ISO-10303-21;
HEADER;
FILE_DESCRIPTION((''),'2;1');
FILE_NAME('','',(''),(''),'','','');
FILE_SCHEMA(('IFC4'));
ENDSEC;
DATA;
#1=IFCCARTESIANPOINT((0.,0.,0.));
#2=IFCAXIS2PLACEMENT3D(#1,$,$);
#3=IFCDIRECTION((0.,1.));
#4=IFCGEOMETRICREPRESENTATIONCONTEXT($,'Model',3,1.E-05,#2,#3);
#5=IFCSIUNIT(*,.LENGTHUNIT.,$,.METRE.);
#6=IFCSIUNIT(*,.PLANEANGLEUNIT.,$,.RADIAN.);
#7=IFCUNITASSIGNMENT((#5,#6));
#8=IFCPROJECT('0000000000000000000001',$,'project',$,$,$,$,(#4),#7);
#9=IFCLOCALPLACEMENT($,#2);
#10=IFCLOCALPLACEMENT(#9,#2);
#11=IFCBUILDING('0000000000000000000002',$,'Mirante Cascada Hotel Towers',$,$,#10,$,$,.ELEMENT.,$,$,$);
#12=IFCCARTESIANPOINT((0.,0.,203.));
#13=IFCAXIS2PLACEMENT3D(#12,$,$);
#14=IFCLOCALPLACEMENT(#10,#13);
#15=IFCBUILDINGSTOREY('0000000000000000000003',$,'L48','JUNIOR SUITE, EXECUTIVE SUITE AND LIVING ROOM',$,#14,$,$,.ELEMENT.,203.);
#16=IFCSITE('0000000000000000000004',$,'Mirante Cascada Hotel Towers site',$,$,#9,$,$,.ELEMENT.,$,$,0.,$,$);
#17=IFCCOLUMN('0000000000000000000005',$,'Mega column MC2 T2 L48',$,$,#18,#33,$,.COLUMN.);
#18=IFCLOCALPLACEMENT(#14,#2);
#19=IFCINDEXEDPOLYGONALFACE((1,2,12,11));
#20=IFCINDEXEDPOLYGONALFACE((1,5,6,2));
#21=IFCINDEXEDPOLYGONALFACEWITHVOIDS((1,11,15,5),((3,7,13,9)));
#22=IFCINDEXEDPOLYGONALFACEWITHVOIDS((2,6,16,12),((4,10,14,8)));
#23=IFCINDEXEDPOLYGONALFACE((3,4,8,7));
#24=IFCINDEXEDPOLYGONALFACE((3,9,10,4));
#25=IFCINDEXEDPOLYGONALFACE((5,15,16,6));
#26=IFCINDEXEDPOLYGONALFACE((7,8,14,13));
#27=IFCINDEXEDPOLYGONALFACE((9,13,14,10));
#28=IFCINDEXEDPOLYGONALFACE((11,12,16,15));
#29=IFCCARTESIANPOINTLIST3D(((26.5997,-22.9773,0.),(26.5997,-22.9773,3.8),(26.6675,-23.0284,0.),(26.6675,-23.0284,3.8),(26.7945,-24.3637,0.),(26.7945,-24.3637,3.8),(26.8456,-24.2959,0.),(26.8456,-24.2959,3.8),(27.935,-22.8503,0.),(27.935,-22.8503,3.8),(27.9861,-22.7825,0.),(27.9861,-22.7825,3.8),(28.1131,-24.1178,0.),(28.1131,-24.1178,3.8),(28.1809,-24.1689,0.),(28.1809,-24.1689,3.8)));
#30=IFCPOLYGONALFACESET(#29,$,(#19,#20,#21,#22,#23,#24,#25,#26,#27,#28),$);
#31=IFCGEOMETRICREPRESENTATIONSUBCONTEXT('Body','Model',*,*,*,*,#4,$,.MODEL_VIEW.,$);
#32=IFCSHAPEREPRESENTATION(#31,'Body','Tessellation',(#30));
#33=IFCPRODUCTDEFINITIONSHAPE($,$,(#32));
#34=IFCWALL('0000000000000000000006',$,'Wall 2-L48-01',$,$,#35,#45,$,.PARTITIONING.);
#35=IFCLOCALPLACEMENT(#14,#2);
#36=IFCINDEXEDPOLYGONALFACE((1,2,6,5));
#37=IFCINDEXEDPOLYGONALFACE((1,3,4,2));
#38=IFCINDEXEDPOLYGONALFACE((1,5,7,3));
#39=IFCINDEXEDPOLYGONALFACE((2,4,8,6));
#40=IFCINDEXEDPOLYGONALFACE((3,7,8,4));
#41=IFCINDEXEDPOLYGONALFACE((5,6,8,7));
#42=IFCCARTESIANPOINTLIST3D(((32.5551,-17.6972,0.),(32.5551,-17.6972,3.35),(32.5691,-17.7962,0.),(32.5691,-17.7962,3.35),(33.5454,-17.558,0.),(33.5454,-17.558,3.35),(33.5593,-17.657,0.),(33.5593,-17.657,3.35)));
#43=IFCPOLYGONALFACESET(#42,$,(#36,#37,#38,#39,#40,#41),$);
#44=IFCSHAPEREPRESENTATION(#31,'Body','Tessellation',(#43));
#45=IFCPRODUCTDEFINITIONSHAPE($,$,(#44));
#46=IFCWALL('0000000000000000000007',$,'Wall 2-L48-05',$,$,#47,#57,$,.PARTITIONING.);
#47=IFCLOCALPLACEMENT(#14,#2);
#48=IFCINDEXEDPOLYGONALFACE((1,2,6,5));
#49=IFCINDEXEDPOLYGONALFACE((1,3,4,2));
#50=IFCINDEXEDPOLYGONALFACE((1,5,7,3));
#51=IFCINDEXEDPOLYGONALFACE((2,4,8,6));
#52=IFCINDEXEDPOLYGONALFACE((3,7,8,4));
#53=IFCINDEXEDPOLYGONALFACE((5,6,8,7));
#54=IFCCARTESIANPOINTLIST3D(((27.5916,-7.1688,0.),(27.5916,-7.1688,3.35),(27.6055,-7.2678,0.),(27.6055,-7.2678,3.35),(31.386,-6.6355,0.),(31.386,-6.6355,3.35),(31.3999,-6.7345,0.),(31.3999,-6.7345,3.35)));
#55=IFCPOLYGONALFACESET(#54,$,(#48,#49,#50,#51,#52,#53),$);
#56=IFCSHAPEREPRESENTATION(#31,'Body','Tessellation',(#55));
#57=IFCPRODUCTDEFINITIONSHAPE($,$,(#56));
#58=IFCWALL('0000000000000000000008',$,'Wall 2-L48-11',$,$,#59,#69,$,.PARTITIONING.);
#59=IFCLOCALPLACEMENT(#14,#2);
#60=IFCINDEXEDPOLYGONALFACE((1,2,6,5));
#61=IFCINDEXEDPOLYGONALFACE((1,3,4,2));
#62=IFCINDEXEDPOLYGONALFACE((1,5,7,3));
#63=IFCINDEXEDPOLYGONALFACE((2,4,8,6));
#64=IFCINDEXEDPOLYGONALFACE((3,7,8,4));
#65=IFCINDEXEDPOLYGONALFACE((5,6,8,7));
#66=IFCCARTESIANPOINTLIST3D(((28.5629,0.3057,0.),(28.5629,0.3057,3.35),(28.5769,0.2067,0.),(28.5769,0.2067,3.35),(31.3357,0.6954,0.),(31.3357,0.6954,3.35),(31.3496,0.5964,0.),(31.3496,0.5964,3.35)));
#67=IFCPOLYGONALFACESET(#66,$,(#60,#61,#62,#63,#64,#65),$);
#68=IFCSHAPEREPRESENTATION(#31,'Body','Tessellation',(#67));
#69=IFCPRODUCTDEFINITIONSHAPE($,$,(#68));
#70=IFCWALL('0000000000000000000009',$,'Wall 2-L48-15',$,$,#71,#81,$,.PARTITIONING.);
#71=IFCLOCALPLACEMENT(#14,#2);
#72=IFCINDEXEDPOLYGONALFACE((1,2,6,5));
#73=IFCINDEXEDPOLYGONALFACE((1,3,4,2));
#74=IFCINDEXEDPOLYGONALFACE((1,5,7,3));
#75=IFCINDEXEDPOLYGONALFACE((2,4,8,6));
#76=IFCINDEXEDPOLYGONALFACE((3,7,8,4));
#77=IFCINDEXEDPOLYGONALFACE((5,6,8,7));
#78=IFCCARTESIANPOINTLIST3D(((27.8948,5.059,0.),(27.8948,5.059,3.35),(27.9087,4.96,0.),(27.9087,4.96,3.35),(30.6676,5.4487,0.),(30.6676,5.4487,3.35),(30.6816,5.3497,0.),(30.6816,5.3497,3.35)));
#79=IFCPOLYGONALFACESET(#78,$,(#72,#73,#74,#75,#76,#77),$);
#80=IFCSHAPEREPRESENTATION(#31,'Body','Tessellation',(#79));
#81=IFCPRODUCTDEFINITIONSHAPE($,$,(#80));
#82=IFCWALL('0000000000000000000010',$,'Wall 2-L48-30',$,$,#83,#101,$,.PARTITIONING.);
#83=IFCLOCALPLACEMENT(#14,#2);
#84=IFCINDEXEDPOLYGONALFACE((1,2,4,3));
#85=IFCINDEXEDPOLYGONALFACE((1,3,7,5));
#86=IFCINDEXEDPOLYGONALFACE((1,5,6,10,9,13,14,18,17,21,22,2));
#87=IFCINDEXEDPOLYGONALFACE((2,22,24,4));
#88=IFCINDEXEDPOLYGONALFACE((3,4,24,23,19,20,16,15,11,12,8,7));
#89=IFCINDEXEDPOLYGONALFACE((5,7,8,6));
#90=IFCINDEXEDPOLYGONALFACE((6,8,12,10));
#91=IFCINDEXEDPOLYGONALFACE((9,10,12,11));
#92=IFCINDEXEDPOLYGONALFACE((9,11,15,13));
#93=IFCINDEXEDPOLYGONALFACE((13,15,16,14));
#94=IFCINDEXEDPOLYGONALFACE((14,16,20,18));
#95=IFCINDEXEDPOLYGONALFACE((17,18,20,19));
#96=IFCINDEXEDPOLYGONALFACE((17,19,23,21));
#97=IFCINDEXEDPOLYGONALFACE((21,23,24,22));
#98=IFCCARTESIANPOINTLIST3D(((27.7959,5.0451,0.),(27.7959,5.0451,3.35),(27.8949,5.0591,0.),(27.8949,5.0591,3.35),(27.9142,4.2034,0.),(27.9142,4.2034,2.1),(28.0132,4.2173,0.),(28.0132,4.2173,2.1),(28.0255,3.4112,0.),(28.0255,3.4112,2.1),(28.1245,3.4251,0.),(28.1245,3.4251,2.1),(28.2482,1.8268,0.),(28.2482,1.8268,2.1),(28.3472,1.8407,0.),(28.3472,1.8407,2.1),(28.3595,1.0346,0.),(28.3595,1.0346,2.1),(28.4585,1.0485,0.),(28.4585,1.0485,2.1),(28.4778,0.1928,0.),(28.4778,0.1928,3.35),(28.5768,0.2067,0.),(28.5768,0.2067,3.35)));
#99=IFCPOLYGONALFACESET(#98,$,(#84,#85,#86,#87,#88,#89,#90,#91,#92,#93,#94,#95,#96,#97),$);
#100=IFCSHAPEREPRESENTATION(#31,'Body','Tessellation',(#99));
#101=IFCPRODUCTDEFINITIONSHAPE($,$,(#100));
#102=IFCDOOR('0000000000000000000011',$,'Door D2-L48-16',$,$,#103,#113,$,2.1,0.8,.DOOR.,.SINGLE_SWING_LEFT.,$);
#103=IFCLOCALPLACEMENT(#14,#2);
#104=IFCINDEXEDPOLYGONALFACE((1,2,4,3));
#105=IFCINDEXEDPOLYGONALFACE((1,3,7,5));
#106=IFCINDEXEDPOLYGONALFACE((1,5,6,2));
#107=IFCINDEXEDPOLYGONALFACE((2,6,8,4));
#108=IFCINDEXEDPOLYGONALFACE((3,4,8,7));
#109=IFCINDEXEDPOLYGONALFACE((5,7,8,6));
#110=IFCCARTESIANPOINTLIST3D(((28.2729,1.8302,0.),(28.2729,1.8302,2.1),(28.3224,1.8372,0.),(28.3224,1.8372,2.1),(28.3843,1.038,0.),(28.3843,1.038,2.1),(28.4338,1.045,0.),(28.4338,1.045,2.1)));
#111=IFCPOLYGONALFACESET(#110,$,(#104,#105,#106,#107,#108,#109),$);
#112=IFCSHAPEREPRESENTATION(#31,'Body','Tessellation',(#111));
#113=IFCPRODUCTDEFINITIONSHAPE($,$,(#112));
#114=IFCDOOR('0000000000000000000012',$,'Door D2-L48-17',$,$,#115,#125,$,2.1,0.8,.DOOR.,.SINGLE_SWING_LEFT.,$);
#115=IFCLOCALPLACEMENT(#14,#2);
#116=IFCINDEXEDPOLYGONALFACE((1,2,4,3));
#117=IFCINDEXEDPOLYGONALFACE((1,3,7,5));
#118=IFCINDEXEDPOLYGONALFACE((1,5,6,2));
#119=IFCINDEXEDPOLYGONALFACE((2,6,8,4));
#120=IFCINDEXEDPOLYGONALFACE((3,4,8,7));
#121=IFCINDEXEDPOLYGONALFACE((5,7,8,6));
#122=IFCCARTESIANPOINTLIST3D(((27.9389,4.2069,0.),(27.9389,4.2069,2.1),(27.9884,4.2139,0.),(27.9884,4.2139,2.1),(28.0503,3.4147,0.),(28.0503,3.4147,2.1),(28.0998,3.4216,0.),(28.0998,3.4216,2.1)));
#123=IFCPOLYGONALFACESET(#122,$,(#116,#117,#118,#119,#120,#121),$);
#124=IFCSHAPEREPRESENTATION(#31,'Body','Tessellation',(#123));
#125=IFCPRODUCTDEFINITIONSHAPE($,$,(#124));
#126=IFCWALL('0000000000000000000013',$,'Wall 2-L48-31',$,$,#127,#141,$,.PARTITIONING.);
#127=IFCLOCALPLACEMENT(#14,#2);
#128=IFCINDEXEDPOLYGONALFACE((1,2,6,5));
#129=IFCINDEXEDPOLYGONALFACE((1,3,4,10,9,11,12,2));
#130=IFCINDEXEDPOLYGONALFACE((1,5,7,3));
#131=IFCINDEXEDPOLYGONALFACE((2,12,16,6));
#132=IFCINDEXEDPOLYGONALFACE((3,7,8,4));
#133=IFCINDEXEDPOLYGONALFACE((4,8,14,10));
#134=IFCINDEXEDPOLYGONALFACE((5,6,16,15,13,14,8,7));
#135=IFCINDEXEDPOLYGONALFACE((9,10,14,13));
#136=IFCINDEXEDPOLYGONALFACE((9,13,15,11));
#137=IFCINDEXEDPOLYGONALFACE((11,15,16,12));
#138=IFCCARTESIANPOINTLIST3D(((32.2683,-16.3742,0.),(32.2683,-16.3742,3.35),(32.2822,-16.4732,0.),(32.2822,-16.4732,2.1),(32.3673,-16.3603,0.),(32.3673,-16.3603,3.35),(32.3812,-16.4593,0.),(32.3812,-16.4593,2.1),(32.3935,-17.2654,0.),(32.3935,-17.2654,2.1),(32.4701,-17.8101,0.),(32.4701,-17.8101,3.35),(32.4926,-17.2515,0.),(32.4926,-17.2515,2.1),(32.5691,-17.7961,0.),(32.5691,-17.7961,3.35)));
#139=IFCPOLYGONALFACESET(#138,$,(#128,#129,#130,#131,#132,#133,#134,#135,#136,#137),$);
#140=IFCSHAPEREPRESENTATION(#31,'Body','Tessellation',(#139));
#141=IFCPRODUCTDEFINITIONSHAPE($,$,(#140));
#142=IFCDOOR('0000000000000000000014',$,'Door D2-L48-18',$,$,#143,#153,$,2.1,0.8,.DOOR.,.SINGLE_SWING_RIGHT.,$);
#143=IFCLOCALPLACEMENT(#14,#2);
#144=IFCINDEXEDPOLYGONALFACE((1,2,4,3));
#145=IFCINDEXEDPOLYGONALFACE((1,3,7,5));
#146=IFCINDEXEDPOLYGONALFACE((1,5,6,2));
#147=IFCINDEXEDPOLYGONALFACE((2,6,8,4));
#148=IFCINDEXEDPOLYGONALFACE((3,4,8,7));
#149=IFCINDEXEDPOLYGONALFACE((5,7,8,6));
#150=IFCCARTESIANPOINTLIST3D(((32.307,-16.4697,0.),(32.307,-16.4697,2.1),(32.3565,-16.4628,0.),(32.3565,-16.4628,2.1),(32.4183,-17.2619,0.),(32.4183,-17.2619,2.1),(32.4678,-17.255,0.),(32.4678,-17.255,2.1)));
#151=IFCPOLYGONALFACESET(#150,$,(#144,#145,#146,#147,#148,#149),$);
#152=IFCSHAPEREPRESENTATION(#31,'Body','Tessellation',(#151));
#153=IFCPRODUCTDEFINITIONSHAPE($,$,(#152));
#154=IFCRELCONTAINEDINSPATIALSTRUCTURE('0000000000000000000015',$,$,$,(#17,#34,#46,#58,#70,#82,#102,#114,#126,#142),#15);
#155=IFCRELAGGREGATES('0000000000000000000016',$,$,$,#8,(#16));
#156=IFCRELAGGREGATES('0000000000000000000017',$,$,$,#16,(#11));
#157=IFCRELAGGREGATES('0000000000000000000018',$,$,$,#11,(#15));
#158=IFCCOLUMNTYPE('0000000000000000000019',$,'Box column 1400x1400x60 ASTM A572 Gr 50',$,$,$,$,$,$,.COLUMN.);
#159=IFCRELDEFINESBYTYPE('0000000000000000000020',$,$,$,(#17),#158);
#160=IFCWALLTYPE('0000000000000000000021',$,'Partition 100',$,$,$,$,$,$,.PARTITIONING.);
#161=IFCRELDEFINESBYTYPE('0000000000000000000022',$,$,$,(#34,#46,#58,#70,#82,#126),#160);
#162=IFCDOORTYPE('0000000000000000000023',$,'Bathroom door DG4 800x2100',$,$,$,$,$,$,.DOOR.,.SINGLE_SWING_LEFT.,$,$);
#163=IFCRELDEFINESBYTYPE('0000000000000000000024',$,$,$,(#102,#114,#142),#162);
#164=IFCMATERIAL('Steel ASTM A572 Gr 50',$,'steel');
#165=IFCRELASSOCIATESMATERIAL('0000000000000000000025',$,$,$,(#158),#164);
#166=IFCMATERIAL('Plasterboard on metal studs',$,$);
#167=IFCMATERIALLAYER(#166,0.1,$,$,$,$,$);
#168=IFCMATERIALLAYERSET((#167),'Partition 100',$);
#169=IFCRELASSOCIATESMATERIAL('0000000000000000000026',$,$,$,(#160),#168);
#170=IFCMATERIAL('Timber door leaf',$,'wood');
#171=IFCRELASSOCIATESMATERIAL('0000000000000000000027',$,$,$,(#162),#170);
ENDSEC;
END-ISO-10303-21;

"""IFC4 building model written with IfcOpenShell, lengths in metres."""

from ifc_helpers import new_model, si_unit, direction, frame, frame_2d, origin, origin_2d, place, context, subcontext, project, spatial, rectangle, hollow_rectangle, extrude, material, layer, layer_set, material_profile, profile_set, type_object, element, fill, save


model = new_model("IFC4")

# Units and contexts
model_context = context("Model", 3, precision=1e-05, world=origin(), true_north=direction((0.0, 1.0)))
body_context = subcontext(model_context, "Body", "Model", "MODEL_VIEW")
ifc_project = project(units=[si_unit("LENGTHUNIT", "METRE"), si_unit("PLANEANGLEUNIT", "RADIAN")], contexts=[model_context])

# Site, building, storey
site_placement = place(None, origin())
site = spatial("IfcSite", under=ifc_project, at=site_placement, Name="Mirante Cascada Hotel Towers site", CompositionType="ELEMENT", RefElevation=0.0)
building_placement = place(site_placement, origin())
building = spatial("IfcBuilding", under=site, at=building_placement, Name="Mirante Cascada Hotel Towers", CompositionType="ELEMENT")
storey_placement = place(building_placement, frame((0.0, 0.0, 203.0)))
storey = spatial("IfcBuildingStorey", under=building, at=storey_placement, Name="L48", Description="JUNIOR SUITE, EXECUTIVE SUITE AND LIVING ROOM", CompositionType="ELEMENT", Elevation=203.0)

# Column
ifc_material_1 = material(Name="Steel ASTM A572 Gr 50", Category="steel")
ifc_material_profile = material_profile(ifc_material_1, hollow_rectangle(XDim=1.4, YDim=1.4, WallThickness=0.06, at=origin_2d()), Name="Box column 1400x1400x60 ASTM A572 Gr 50")
ifc_profile_set = profile_set([ifc_material_profile], Name="Steel ASTM A572 Gr 50")
column_type = type_object("IfcColumnType", Name="Box column 1400x1400x60 ASTM A572 Gr 50", PredefinedType="COLUMN", material=ifc_profile_set)
column_placement = place(storey_placement, frame((27.3903, -23.5731, 0.0), z_axis=(0.0, 0.0, 1.0), x_axis=(0.990268, 0.139173, 0.0)))
element("IfcColumn", 1, at=column_placement, inside=storey, type_object=column_type, Name="Mega column MC2 T2 L48", PredefinedType="COLUMN", context=body_context, shape_type="SweptSolid", body=[
    extrude(hollow_rectangle(XDim=1.4, YDim=1.4, WallThickness=0.06, at=origin_2d()), origin(), (0.0, 0.0, 1.0), 3.8),
])

# Walls
ifc_material_2 = material(Name="Plasterboard on metal studs")
ifc_layer_1 = layer(ifc_material_2, 0.1)
ifc_layer_set_1 = layer_set([ifc_layer_1], Name="Partition 100")
wall_type_1 = type_object("IfcWallType", Name="Partition 100", PredefinedType="PARTITIONING", material=ifc_layer_set_1)
wall_1_placement = place(storey_placement, frame((32.5621, -17.7467, 0.0), z_axis=(0.0, 0.0, 1.0), x_axis=(0.990265, 0.139195, 0.0)))
element("IfcWall", 2, at=wall_1_placement, inside=storey, type_object=wall_type_1, Name="Wall 2-L48-01", PredefinedType="PARTITIONING", context=body_context, shape_type="SweptSolid", body=[
    extrude(rectangle(XDim=1.0, YDim=0.1, at=frame_2d((0.5, 0.0))), origin(), (0.0, 0.0, 1.0), 3.35),
])
wall_2_placement = place(storey_placement, frame((27.5986, -7.2183, 0.0), z_axis=(0.0, 0.0, 1.0), x_axis=(0.990267, 0.139181, 0.0)))
element("IfcWall", 3, at=wall_2_placement, inside=storey, type_object=wall_type_1, Name="Wall 2-L48-05", PredefinedType="PARTITIONING", context=body_context, shape_type="SweptSolid", body=[
    extrude(rectangle(XDim=3.8317, YDim=0.1, at=frame_2d((1.9158, 0.0))), origin(), (0.0, 0.0, 1.0), 3.35),
])
wall_3_placement = place(storey_placement, frame((28.5699, 0.2562, 0.0), z_axis=(0.0, 0.0, 1.0), x_axis=(0.990267, 0.139181, 0.0)))
element("IfcWall", 4, at=wall_3_placement, inside=storey, type_object=wall_type_1, Name="Wall 2-L48-11", PredefinedType="PARTITIONING", context=body_context, shape_type="SweptSolid", body=[
    extrude(rectangle(XDim=2.8, YDim=0.1, at=frame_2d((1.4, 0.0))), origin(), (0.0, 0.0, 1.0), 3.35),
])
wall_4_placement = place(storey_placement, frame((27.9018, 5.0095, 0.0), z_axis=(0.0, 0.0, 1.0), x_axis=(0.990268, 0.139176, 0.0)))
element("IfcWall", 5, at=wall_4_placement, inside=storey, type_object=wall_type_1, Name="Wall 2-L48-15", PredefinedType="PARTITIONING", context=body_context, shape_type="SweptSolid", body=[
    extrude(rectangle(XDim=2.8001, YDim=0.1, at=frame_2d((1.4, 0.0))), origin(), (0.0, 0.0, 1.0), 3.35),
])

# Wall, openings, doors
wall_5_placement = place(storey_placement, frame((27.8454, 5.0521, 0.0), z_axis=(0.0, 0.0, 1.0), x_axis=(0.139164, -0.990269, 0.0)))
wall_5 = element("IfcWall", 6, at=wall_5_placement, inside=storey, type_object=wall_type_1, Name="Wall 2-L48-30", PredefinedType="PARTITIONING", context=body_context, shape_type="SweptSolid", body=[
    extrude(rectangle(XDim=4.9, YDim=0.1, at=frame_2d((2.45, 0.0))), origin(), (0.0, 0.0, 1.0), 3.35),
])
opening_1_placement = place(wall_5_placement, frame((3.25, 0.0, 0.0)))
opening_1 = element("IfcOpeningElement", 7, at=opening_1_placement, cuts=wall_5, PredefinedType="OPENING", context=body_context, shape_type="SweptSolid", body=[
    extrude(rectangle(XDim=0.8, YDim=2.1, at=frame_2d((0.4, 1.05))), frame((0.0, 0.05, 0.0), z_axis=(0.0, -1.0, 0.0), x_axis=(1.0, 0.0, 0.0)), (0.0, 0.0, 1.0), 0.1),
])
opening_2_placement = place(wall_5_placement, frame((0.85, 0.0, 0.0)))
opening_2 = element("IfcOpeningElement", 8, at=opening_2_placement, cuts=wall_5, PredefinedType="OPENING", context=body_context, shape_type="SweptSolid", body=[
    extrude(rectangle(XDim=0.8, YDim=2.1, at=frame_2d((0.4, 1.05))), frame((0.0, 0.05, 0.0), z_axis=(0.0, -1.0, 0.0), x_axis=(1.0, 0.0, 0.0)), (0.0, 0.0, 1.0), 0.1),
])
ifc_material_3 = material(Name="Timber door leaf", Category="wood")
door_type_1 = type_object("IfcDoorType", Name="Bathroom door DG4 800x2100", OperationType="SINGLE_SWING_LEFT", PredefinedType="DOOR", material=ifc_material_3)
door_1_placement = place(opening_1_placement, origin())
door_1 = element("IfcDoor", 9, at=door_1_placement, inside=storey, type_object=door_type_1, Name="Door D2-L48-16", OperationType="SINGLE_SWING_LEFT", OverallHeight=2.1, OverallWidth=0.8, PredefinedType="DOOR", context=body_context, shape_type="SweptSolid", body=[
    extrude(rectangle(XDim=0.8, YDim=2.1, at=frame_2d((0.4, 1.05))), frame((0.0, 0.025, 0.0), z_axis=(0.0, -1.0, 0.0), x_axis=(1.0, 0.0, 0.0)), (0.0, 0.0, 1.0), 0.05),
])
fill(opening_1, door_1)
door_2_placement = place(opening_2_placement, origin())
door_2 = element("IfcDoor", 10, at=door_2_placement, inside=storey, type_object=door_type_1, Name="Door D2-L48-17", OperationType="SINGLE_SWING_LEFT", OverallHeight=2.1, OverallWidth=0.8, PredefinedType="DOOR", context=body_context, shape_type="SweptSolid", body=[
    extrude(rectangle(XDim=0.8, YDim=2.1, at=frame_2d((0.4, 1.05))), frame((0.0, 0.025, 0.0), z_axis=(0.0, -1.0, 0.0), x_axis=(1.0, 0.0, 0.0)), (0.0, 0.0, 1.0), 0.05),
])
fill(opening_2, door_2)

# Wall, opening, door
wall_6_placement = place(storey_placement, frame((32.5196, -17.8031, 0.0), z_axis=(0.0, 0.0, 1.0), x_axis=(-0.139171, 0.990268, 0.0)))
wall_6 = element("IfcWall", 11, at=wall_6_placement, inside=storey, type_object=wall_type_1, Name="Wall 2-L48-31", PredefinedType="PARTITIONING", context=body_context, shape_type="SweptSolid", body=[
    extrude(rectangle(XDim=1.45, YDim=0.1, at=frame_2d((0.725, 0.0))), origin(), (0.0, 0.0, 1.0), 3.35),
])
opening_3_placement = place(wall_6_placement, frame((0.55, 0.0, 0.0)))
opening_3 = element("IfcOpeningElement", 12, at=opening_3_placement, cuts=wall_6, PredefinedType="OPENING", context=body_context, shape_type="SweptSolid", body=[
    extrude(rectangle(XDim=0.8, YDim=2.1, at=frame_2d((0.4, 1.05))), frame((0.0, 0.05, 0.0), z_axis=(0.0, -1.0, 0.0), x_axis=(1.0, 0.0, 0.0)), (0.0, 0.0, 1.0), 0.1),
])
door_3_placement = place(opening_3_placement, frame((0.8, 0.0, 0.0), z_axis=(0.0, 0.0, 1.0), x_axis=(-1.0, 0.0, 0.0)))
door_3 = element("IfcDoor", 13, at=door_3_placement, inside=storey, type_object=door_type_1, Name="Door D2-L48-18", OperationType="SINGLE_SWING_RIGHT", OverallHeight=2.1, OverallWidth=0.8, PredefinedType="DOOR", context=body_context, shape_type="SweptSolid", body=[
    extrude(rectangle(XDim=0.8, YDim=2.1, at=frame_2d((0.4, 1.05))), frame((0.0, 0.025, 0.0), z_axis=(0.0, -1.0, 0.0), x_axis=(1.0, 0.0, 0.0)), (0.0, 0.0, 1.0), 0.05),
])
fill(opening_3, door_3)

save(model, "model.ifc")
